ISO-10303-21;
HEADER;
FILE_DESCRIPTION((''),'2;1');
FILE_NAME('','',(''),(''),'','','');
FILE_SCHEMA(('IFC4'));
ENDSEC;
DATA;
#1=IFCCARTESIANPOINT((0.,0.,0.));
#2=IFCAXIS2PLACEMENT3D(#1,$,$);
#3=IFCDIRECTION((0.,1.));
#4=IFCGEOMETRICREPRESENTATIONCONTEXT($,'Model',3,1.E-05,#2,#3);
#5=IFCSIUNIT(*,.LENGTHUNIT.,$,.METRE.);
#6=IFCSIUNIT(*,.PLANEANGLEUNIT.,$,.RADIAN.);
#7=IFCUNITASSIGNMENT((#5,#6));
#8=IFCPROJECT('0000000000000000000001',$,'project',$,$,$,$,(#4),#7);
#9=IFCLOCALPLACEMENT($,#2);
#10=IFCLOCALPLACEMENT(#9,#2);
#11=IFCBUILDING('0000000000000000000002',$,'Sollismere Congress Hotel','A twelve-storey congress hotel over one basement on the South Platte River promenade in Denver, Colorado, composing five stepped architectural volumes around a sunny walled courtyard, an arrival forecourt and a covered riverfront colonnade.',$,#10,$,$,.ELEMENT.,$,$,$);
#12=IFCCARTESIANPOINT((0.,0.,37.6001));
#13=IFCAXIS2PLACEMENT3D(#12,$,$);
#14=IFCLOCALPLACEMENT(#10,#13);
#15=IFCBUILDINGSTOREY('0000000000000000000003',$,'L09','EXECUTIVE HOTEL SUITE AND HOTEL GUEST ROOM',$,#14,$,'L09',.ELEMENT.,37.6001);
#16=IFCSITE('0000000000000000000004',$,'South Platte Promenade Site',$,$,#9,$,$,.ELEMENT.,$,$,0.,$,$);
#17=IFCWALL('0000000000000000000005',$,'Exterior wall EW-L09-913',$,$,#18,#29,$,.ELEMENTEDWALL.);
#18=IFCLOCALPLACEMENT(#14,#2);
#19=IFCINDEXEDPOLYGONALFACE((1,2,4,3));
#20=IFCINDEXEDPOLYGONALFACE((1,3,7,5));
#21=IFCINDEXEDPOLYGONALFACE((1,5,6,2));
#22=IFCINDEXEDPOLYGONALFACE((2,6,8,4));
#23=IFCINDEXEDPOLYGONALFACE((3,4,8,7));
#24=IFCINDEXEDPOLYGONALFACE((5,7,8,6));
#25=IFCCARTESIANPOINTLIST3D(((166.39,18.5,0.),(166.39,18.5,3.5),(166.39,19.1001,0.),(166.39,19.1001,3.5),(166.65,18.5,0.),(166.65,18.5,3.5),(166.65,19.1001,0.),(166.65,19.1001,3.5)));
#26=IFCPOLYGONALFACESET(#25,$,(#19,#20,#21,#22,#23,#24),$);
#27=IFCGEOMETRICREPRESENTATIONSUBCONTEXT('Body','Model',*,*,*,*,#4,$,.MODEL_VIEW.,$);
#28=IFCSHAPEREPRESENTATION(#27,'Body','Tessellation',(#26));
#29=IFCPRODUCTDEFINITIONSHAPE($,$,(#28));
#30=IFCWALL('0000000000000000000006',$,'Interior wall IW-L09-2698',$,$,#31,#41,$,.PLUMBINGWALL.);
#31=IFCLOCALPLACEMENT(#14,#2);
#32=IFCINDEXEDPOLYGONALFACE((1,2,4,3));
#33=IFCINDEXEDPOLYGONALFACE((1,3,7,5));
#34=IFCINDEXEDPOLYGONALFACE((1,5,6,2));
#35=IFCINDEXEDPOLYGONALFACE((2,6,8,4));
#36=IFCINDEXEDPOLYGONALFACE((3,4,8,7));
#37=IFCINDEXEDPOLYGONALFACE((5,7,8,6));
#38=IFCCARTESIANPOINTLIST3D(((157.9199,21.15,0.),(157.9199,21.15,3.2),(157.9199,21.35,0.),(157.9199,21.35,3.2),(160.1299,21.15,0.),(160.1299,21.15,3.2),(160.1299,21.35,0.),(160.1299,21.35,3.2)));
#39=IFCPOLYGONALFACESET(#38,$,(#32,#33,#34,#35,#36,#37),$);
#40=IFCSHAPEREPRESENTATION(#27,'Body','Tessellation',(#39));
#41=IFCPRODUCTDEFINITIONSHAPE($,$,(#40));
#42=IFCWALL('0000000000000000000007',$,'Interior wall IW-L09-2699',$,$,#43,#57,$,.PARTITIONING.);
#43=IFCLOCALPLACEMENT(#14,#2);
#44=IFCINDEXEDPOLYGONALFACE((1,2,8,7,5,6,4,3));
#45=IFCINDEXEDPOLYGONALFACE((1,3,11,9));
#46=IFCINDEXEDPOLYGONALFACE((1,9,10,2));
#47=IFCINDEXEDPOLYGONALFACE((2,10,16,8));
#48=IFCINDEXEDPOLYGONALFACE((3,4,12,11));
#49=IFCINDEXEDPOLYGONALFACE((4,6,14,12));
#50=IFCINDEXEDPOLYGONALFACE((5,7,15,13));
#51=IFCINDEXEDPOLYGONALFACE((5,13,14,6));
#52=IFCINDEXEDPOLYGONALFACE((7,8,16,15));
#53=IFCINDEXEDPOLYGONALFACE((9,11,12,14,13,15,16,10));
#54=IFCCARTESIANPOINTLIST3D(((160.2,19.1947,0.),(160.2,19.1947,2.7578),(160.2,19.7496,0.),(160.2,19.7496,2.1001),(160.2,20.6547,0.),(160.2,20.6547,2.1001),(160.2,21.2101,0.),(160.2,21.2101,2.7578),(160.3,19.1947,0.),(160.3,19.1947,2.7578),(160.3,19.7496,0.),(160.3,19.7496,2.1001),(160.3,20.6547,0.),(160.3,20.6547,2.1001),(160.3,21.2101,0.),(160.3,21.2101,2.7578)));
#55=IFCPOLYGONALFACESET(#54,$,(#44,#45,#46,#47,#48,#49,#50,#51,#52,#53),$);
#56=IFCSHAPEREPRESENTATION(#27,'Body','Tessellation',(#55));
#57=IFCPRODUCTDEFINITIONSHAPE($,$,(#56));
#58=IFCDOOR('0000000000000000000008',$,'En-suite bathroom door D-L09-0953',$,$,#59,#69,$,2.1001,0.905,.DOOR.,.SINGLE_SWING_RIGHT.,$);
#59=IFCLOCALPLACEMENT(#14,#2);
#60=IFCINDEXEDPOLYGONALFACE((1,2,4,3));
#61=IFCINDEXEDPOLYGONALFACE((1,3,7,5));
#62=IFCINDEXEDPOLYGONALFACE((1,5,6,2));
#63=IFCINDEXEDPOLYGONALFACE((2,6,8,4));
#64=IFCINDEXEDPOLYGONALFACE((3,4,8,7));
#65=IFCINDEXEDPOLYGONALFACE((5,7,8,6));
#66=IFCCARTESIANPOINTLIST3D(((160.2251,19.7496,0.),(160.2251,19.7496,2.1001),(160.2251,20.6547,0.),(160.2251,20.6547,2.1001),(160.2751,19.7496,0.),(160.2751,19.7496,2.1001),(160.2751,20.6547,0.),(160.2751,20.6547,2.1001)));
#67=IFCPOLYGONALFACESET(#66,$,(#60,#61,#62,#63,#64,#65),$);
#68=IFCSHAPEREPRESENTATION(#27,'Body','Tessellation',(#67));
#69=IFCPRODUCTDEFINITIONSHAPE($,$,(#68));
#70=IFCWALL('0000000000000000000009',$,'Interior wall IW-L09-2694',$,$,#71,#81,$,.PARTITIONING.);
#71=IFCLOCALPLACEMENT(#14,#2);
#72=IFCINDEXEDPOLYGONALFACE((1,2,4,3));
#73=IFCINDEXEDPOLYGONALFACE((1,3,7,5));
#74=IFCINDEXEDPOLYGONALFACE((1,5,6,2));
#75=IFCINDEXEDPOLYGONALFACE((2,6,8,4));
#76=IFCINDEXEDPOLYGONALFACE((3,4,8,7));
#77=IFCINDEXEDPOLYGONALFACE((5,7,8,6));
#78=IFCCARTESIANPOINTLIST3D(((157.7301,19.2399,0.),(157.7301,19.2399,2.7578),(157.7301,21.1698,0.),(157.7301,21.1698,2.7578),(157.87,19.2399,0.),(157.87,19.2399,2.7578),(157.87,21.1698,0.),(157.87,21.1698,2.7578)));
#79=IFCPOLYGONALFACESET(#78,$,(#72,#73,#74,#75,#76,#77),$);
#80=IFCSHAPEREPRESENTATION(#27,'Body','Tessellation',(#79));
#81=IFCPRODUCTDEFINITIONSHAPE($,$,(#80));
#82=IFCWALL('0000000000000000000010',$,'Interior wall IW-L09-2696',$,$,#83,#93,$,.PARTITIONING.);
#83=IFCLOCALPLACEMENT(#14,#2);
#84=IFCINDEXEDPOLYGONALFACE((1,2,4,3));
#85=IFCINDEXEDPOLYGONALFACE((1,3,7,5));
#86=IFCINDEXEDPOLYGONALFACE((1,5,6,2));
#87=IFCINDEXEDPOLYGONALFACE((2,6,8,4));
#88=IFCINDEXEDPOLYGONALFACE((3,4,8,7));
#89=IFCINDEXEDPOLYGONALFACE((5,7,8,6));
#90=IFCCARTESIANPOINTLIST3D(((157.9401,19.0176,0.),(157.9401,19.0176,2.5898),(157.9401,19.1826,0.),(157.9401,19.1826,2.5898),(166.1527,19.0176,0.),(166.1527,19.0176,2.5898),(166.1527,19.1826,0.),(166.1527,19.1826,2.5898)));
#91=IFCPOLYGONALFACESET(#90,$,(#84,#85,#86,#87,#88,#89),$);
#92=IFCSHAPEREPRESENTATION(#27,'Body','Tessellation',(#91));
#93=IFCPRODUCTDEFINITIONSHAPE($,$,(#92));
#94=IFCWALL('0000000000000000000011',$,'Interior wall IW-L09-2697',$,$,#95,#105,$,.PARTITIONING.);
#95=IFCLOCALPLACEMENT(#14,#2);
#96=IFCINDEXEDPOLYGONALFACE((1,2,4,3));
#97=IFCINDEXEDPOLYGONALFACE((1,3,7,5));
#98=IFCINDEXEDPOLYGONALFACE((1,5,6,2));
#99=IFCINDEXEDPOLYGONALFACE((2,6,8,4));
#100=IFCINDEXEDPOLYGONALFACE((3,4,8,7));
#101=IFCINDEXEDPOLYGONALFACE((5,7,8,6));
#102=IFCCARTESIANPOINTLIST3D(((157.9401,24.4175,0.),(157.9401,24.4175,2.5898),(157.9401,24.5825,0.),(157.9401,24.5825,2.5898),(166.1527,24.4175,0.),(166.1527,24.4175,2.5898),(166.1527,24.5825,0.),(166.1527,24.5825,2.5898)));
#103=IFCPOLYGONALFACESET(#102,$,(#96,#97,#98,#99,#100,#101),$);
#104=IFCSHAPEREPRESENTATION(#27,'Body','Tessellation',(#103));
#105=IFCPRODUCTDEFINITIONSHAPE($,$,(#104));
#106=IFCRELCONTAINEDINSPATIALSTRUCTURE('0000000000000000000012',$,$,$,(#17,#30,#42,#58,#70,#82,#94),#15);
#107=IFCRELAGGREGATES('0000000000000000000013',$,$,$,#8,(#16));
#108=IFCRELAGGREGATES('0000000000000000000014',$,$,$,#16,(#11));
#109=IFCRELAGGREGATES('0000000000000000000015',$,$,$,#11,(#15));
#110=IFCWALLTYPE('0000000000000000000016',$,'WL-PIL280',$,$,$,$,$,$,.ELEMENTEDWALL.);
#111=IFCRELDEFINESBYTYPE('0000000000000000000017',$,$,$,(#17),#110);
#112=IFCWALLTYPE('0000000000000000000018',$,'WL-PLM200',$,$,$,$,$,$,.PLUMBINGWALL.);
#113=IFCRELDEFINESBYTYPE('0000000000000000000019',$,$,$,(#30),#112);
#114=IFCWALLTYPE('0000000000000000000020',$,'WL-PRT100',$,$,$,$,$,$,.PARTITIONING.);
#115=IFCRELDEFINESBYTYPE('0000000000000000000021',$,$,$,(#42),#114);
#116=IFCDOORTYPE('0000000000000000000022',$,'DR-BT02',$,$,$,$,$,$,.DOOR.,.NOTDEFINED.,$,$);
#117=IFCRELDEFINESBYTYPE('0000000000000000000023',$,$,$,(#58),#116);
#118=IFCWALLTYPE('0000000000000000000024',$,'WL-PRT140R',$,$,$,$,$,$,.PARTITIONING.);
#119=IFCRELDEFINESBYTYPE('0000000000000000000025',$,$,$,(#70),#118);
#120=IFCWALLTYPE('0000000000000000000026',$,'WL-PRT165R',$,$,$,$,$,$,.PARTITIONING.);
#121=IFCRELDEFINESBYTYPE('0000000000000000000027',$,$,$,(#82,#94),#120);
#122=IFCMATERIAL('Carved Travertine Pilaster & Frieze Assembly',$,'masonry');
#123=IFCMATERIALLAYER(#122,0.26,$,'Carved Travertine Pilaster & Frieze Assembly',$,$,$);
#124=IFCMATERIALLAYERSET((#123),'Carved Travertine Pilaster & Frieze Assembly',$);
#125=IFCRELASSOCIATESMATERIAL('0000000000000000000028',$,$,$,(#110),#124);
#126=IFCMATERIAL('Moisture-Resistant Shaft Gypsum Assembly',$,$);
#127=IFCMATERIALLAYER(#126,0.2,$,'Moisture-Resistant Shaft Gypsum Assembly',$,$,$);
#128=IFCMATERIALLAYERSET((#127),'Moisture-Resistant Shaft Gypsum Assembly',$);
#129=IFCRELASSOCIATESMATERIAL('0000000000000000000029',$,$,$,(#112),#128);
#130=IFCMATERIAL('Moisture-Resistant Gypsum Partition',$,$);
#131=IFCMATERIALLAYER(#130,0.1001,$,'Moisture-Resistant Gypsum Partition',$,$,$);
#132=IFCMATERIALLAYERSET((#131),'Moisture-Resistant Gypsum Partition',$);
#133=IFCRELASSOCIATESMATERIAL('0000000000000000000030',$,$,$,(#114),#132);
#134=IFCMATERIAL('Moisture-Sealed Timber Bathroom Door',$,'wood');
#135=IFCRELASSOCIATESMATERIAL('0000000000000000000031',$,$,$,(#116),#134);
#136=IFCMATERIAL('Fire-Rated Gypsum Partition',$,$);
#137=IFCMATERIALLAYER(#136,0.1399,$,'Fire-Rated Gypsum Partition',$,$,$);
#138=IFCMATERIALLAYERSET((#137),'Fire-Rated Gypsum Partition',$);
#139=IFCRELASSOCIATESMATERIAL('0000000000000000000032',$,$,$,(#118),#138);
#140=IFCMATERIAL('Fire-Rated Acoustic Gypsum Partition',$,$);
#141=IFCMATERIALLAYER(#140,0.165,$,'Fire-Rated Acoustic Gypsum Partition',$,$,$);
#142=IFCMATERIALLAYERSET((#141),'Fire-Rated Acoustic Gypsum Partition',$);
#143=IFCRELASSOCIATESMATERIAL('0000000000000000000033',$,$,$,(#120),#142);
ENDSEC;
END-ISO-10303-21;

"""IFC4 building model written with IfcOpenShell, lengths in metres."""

from ifc_helpers import new_model, si_unit, direction, frame, frame_2d, origin, place, context, subcontext, project, spatial, rectangle, extrude, material, layer, layer_set, type_object, element, fill, save


model = new_model("IFC4")

# Units and contexts
model_context = context("Model", 3, precision=1e-05, world=origin(), true_north=direction((0.0, 1.0)))
body_context = subcontext(model_context, "Body", "Model", "MODEL_VIEW")
ifc_project = project(units=[si_unit("LENGTHUNIT", "METRE"), si_unit("PLANEANGLEUNIT", "RADIAN")], contexts=[model_context])

# Site, building, storey
site_placement = place(None, origin())
site = spatial("IfcSite", under=ifc_project, at=site_placement, Name="South Platte Promenade Site", CompositionType="ELEMENT", RefElevation=0.0)
building_placement = place(site_placement, origin())
building = spatial("IfcBuilding", under=site, at=building_placement, Name="Sollismere Congress Hotel", Description="A twelve-storey congress hotel over one basement on the South Platte River promenade in Denver, Colorado, composing five stepped architectural volumes around a sunny walled courtyard, an arrival forecourt and a covered riverfront colonnade.", CompositionType="ELEMENT")
storey_placement = place(building_placement, frame((0.0, 0.0, 37.6001)))
storey = spatial("IfcBuildingStorey", under=building, at=storey_placement, Name="L09", Description="EXECUTIVE HOTEL SUITE AND HOTEL GUEST ROOM", LongName="L09", CompositionType="ELEMENT", Elevation=37.6001)

# Walls
ifc_material_1 = material(Name="Carved Travertine Pilaster & Frieze Assembly", Category="masonry")
ifc_layer_1 = layer(ifc_material_1, 0.26, Name="Carved Travertine Pilaster & Frieze Assembly")
ifc_layer_set_1 = layer_set([ifc_layer_1], Name="Carved Travertine Pilaster & Frieze Assembly")
wall_type_1 = type_object("IfcWallType", Name="WL-PIL280", PredefinedType="ELEMENTEDWALL", material=ifc_layer_set_1)
wall_1_placement = place(storey_placement, frame((166.52, 18.5, 0.0), z_axis=(0.0, 0.0, 1.0), x_axis=(0.0, 1.0, 0.0)))
element("IfcWall", 1, at=wall_1_placement, inside=storey, type_object=wall_type_1, Name="Exterior wall EW-L09-913", PredefinedType="ELEMENTEDWALL", context=body_context, shape_type="SweptSolid", body=[
    extrude(rectangle(XDim=0.6001, YDim=0.26, at=frame_2d((0.3, 0.0))), origin(), (0.0, 0.0, 1.0), 3.5),
])
ifc_material_2 = material(Name="Moisture-Resistant Shaft Gypsum Assembly")
ifc_layer_2 = layer(ifc_material_2, 0.2, Name="Moisture-Resistant Shaft Gypsum Assembly")
ifc_layer_set_2 = layer_set([ifc_layer_2], Name="Moisture-Resistant Shaft Gypsum Assembly")
wall_type_2 = type_object("IfcWallType", Name="WL-PLM200", PredefinedType="PLUMBINGWALL", material=ifc_layer_set_2)
wall_2_placement = place(storey_placement, frame((157.9199, 21.25, 0.0), z_axis=(0.0, 0.0, 1.0), x_axis=(1.0, 0.0, 0.0)))
element("IfcWall", 2, at=wall_2_placement, inside=storey, type_object=wall_type_2, Name="Interior wall IW-L09-2698", PredefinedType="PLUMBINGWALL", context=body_context, shape_type="SweptSolid", body=[
    extrude(rectangle(XDim=2.21, YDim=0.2, at=frame_2d((1.105, 0.0))), origin(), (0.0, 0.0, 1.0), 3.2),
])

# Wall, opening, door
ifc_material_3 = material(Name="Moisture-Resistant Gypsum Partition")
ifc_layer_3 = layer(ifc_material_3, 0.1001, Name="Moisture-Resistant Gypsum Partition")
ifc_layer_set_3 = layer_set([ifc_layer_3], Name="Moisture-Resistant Gypsum Partition")
wall_type_3 = type_object("IfcWallType", Name="WL-PRT100", PredefinedType="PARTITIONING", material=ifc_layer_set_3)
wall_3_placement = place(storey_placement, frame((160.25, 19.1946, 0.0), z_axis=(0.0, 0.0, 1.0), x_axis=(0.0, 1.0, 0.0)))
wall_3 = element("IfcWall", 3, at=wall_3_placement, inside=storey, type_object=wall_type_3, Name="Interior wall IW-L09-2699", PredefinedType="PARTITIONING", context=body_context, shape_type="SweptSolid", body=[
    extrude(rectangle(XDim=2.0154, YDim=0.1001, at=frame_2d((1.0078, 0.0))), origin(), (0.0, 0.0, 1.0), 2.7578),
])
opening_1_placement = place(wall_3_placement, frame((0.5549, 0.0, 0.0)))
opening_1 = element("IfcOpeningElement", 4, at=opening_1_placement, cuts=wall_3, PredefinedType="OPENING", context=body_context, shape_type="SweptSolid", body=[
    extrude(rectangle(XDim=0.905, YDim=2.1001, at=frame_2d((0.4526, 1.05))), frame((0.0, 0.0601, 0.0), z_axis=(0.0, -1.0, 0.0), x_axis=(1.0, 0.0, 0.0)), (0.0, 0.0, 1.0), 0.1201),
])
ifc_material_4 = material(Name="Moisture-Sealed Timber Bathroom Door", Category="wood")
door_type_1 = type_object("IfcDoorType", Name="DR-BT02", OperationType="NOTDEFINED", PredefinedType="DOOR", material=ifc_material_4)
door_1_placement = place(opening_1_placement, origin())
door_1 = element("IfcDoor", 5, at=door_1_placement, inside=storey, type_object=door_type_1, Name="En-suite bathroom door D-L09-0953", OperationType="SINGLE_SWING_RIGHT", OverallHeight=2.1001, OverallWidth=0.905, PredefinedType="DOOR", context=body_context, shape_type="SweptSolid", body=[
    extrude(rectangle(XDim=0.905, YDim=2.1001, at=frame_2d((0.4526, 1.05))), frame((0.0, 0.0249, 0.0), z_axis=(0.0, -1.0, 0.0), x_axis=(1.0, 0.0, 0.0)), (0.0, 0.0, 1.0), 0.05),
])
fill(opening_1, door_1)

# Wall
ifc_material_5 = material(Name="Fire-Rated Gypsum Partition")
ifc_layer_4 = layer(ifc_material_5, 0.1399, Name="Fire-Rated Gypsum Partition")
ifc_layer_set_4 = layer_set([ifc_layer_4], Name="Fire-Rated Gypsum Partition")
wall_type_4 = type_object("IfcWallType", Name="WL-PRT140R", PredefinedType="PARTITIONING", material=ifc_layer_set_4)
wall_4_placement = place(storey_placement, frame((157.8, 19.24, 0.0), z_axis=(0.0, 0.0, 1.0), x_axis=(0.0, 1.0, 0.0)))
element("IfcWall", 6, at=wall_4_placement, inside=storey, type_object=wall_type_4, Name="Interior wall IW-L09-2694", PredefinedType="PARTITIONING", context=body_context, shape_type="SweptSolid", body=[
    extrude(rectangle(XDim=1.9299, YDim=0.1399, at=frame_2d((0.9648, 0.0))), origin(), (0.0, 0.0, 1.0), 2.7578),
])

# Walls
ifc_material_6 = material(Name="Fire-Rated Acoustic Gypsum Partition")
ifc_layer_5 = layer(ifc_material_6, 0.165, Name="Fire-Rated Acoustic Gypsum Partition")
ifc_layer_set_5 = layer_set([ifc_layer_5], Name="Fire-Rated Acoustic Gypsum Partition")
wall_type_5 = type_object("IfcWallType", Name="WL-PRT165R", PredefinedType="PARTITIONING", material=ifc_layer_set_5)
for number, where, z_axis, x_axis, name in (
    (7, (157.9399, 19.1001, 0.0), (0.0, 0.0, 1.0), (1.0, 0.0, 0.0), "Interior wall IW-L09-2696"),
    (8, (157.9399, 24.5, 0.0), (0.0, 0.0, 1.0), (1.0, 0.0, 0.0), "Interior wall IW-L09-2697"),
):
    element("IfcWall", number, at=place(storey_placement, frame(where, z_axis=z_axis, x_axis=x_axis)), inside=storey, type_object=wall_type_5, Name=name, PredefinedType="PARTITIONING", context=body_context, shape_type="SweptSolid", body=[
        extrude(rectangle(XDim=8.2126, YDim=0.165, at=frame_2d((4.1064, 0.0))), origin(), (0.0, 0.0, 1.0), 2.5898),
    ])

save(model, "model.ifc")
